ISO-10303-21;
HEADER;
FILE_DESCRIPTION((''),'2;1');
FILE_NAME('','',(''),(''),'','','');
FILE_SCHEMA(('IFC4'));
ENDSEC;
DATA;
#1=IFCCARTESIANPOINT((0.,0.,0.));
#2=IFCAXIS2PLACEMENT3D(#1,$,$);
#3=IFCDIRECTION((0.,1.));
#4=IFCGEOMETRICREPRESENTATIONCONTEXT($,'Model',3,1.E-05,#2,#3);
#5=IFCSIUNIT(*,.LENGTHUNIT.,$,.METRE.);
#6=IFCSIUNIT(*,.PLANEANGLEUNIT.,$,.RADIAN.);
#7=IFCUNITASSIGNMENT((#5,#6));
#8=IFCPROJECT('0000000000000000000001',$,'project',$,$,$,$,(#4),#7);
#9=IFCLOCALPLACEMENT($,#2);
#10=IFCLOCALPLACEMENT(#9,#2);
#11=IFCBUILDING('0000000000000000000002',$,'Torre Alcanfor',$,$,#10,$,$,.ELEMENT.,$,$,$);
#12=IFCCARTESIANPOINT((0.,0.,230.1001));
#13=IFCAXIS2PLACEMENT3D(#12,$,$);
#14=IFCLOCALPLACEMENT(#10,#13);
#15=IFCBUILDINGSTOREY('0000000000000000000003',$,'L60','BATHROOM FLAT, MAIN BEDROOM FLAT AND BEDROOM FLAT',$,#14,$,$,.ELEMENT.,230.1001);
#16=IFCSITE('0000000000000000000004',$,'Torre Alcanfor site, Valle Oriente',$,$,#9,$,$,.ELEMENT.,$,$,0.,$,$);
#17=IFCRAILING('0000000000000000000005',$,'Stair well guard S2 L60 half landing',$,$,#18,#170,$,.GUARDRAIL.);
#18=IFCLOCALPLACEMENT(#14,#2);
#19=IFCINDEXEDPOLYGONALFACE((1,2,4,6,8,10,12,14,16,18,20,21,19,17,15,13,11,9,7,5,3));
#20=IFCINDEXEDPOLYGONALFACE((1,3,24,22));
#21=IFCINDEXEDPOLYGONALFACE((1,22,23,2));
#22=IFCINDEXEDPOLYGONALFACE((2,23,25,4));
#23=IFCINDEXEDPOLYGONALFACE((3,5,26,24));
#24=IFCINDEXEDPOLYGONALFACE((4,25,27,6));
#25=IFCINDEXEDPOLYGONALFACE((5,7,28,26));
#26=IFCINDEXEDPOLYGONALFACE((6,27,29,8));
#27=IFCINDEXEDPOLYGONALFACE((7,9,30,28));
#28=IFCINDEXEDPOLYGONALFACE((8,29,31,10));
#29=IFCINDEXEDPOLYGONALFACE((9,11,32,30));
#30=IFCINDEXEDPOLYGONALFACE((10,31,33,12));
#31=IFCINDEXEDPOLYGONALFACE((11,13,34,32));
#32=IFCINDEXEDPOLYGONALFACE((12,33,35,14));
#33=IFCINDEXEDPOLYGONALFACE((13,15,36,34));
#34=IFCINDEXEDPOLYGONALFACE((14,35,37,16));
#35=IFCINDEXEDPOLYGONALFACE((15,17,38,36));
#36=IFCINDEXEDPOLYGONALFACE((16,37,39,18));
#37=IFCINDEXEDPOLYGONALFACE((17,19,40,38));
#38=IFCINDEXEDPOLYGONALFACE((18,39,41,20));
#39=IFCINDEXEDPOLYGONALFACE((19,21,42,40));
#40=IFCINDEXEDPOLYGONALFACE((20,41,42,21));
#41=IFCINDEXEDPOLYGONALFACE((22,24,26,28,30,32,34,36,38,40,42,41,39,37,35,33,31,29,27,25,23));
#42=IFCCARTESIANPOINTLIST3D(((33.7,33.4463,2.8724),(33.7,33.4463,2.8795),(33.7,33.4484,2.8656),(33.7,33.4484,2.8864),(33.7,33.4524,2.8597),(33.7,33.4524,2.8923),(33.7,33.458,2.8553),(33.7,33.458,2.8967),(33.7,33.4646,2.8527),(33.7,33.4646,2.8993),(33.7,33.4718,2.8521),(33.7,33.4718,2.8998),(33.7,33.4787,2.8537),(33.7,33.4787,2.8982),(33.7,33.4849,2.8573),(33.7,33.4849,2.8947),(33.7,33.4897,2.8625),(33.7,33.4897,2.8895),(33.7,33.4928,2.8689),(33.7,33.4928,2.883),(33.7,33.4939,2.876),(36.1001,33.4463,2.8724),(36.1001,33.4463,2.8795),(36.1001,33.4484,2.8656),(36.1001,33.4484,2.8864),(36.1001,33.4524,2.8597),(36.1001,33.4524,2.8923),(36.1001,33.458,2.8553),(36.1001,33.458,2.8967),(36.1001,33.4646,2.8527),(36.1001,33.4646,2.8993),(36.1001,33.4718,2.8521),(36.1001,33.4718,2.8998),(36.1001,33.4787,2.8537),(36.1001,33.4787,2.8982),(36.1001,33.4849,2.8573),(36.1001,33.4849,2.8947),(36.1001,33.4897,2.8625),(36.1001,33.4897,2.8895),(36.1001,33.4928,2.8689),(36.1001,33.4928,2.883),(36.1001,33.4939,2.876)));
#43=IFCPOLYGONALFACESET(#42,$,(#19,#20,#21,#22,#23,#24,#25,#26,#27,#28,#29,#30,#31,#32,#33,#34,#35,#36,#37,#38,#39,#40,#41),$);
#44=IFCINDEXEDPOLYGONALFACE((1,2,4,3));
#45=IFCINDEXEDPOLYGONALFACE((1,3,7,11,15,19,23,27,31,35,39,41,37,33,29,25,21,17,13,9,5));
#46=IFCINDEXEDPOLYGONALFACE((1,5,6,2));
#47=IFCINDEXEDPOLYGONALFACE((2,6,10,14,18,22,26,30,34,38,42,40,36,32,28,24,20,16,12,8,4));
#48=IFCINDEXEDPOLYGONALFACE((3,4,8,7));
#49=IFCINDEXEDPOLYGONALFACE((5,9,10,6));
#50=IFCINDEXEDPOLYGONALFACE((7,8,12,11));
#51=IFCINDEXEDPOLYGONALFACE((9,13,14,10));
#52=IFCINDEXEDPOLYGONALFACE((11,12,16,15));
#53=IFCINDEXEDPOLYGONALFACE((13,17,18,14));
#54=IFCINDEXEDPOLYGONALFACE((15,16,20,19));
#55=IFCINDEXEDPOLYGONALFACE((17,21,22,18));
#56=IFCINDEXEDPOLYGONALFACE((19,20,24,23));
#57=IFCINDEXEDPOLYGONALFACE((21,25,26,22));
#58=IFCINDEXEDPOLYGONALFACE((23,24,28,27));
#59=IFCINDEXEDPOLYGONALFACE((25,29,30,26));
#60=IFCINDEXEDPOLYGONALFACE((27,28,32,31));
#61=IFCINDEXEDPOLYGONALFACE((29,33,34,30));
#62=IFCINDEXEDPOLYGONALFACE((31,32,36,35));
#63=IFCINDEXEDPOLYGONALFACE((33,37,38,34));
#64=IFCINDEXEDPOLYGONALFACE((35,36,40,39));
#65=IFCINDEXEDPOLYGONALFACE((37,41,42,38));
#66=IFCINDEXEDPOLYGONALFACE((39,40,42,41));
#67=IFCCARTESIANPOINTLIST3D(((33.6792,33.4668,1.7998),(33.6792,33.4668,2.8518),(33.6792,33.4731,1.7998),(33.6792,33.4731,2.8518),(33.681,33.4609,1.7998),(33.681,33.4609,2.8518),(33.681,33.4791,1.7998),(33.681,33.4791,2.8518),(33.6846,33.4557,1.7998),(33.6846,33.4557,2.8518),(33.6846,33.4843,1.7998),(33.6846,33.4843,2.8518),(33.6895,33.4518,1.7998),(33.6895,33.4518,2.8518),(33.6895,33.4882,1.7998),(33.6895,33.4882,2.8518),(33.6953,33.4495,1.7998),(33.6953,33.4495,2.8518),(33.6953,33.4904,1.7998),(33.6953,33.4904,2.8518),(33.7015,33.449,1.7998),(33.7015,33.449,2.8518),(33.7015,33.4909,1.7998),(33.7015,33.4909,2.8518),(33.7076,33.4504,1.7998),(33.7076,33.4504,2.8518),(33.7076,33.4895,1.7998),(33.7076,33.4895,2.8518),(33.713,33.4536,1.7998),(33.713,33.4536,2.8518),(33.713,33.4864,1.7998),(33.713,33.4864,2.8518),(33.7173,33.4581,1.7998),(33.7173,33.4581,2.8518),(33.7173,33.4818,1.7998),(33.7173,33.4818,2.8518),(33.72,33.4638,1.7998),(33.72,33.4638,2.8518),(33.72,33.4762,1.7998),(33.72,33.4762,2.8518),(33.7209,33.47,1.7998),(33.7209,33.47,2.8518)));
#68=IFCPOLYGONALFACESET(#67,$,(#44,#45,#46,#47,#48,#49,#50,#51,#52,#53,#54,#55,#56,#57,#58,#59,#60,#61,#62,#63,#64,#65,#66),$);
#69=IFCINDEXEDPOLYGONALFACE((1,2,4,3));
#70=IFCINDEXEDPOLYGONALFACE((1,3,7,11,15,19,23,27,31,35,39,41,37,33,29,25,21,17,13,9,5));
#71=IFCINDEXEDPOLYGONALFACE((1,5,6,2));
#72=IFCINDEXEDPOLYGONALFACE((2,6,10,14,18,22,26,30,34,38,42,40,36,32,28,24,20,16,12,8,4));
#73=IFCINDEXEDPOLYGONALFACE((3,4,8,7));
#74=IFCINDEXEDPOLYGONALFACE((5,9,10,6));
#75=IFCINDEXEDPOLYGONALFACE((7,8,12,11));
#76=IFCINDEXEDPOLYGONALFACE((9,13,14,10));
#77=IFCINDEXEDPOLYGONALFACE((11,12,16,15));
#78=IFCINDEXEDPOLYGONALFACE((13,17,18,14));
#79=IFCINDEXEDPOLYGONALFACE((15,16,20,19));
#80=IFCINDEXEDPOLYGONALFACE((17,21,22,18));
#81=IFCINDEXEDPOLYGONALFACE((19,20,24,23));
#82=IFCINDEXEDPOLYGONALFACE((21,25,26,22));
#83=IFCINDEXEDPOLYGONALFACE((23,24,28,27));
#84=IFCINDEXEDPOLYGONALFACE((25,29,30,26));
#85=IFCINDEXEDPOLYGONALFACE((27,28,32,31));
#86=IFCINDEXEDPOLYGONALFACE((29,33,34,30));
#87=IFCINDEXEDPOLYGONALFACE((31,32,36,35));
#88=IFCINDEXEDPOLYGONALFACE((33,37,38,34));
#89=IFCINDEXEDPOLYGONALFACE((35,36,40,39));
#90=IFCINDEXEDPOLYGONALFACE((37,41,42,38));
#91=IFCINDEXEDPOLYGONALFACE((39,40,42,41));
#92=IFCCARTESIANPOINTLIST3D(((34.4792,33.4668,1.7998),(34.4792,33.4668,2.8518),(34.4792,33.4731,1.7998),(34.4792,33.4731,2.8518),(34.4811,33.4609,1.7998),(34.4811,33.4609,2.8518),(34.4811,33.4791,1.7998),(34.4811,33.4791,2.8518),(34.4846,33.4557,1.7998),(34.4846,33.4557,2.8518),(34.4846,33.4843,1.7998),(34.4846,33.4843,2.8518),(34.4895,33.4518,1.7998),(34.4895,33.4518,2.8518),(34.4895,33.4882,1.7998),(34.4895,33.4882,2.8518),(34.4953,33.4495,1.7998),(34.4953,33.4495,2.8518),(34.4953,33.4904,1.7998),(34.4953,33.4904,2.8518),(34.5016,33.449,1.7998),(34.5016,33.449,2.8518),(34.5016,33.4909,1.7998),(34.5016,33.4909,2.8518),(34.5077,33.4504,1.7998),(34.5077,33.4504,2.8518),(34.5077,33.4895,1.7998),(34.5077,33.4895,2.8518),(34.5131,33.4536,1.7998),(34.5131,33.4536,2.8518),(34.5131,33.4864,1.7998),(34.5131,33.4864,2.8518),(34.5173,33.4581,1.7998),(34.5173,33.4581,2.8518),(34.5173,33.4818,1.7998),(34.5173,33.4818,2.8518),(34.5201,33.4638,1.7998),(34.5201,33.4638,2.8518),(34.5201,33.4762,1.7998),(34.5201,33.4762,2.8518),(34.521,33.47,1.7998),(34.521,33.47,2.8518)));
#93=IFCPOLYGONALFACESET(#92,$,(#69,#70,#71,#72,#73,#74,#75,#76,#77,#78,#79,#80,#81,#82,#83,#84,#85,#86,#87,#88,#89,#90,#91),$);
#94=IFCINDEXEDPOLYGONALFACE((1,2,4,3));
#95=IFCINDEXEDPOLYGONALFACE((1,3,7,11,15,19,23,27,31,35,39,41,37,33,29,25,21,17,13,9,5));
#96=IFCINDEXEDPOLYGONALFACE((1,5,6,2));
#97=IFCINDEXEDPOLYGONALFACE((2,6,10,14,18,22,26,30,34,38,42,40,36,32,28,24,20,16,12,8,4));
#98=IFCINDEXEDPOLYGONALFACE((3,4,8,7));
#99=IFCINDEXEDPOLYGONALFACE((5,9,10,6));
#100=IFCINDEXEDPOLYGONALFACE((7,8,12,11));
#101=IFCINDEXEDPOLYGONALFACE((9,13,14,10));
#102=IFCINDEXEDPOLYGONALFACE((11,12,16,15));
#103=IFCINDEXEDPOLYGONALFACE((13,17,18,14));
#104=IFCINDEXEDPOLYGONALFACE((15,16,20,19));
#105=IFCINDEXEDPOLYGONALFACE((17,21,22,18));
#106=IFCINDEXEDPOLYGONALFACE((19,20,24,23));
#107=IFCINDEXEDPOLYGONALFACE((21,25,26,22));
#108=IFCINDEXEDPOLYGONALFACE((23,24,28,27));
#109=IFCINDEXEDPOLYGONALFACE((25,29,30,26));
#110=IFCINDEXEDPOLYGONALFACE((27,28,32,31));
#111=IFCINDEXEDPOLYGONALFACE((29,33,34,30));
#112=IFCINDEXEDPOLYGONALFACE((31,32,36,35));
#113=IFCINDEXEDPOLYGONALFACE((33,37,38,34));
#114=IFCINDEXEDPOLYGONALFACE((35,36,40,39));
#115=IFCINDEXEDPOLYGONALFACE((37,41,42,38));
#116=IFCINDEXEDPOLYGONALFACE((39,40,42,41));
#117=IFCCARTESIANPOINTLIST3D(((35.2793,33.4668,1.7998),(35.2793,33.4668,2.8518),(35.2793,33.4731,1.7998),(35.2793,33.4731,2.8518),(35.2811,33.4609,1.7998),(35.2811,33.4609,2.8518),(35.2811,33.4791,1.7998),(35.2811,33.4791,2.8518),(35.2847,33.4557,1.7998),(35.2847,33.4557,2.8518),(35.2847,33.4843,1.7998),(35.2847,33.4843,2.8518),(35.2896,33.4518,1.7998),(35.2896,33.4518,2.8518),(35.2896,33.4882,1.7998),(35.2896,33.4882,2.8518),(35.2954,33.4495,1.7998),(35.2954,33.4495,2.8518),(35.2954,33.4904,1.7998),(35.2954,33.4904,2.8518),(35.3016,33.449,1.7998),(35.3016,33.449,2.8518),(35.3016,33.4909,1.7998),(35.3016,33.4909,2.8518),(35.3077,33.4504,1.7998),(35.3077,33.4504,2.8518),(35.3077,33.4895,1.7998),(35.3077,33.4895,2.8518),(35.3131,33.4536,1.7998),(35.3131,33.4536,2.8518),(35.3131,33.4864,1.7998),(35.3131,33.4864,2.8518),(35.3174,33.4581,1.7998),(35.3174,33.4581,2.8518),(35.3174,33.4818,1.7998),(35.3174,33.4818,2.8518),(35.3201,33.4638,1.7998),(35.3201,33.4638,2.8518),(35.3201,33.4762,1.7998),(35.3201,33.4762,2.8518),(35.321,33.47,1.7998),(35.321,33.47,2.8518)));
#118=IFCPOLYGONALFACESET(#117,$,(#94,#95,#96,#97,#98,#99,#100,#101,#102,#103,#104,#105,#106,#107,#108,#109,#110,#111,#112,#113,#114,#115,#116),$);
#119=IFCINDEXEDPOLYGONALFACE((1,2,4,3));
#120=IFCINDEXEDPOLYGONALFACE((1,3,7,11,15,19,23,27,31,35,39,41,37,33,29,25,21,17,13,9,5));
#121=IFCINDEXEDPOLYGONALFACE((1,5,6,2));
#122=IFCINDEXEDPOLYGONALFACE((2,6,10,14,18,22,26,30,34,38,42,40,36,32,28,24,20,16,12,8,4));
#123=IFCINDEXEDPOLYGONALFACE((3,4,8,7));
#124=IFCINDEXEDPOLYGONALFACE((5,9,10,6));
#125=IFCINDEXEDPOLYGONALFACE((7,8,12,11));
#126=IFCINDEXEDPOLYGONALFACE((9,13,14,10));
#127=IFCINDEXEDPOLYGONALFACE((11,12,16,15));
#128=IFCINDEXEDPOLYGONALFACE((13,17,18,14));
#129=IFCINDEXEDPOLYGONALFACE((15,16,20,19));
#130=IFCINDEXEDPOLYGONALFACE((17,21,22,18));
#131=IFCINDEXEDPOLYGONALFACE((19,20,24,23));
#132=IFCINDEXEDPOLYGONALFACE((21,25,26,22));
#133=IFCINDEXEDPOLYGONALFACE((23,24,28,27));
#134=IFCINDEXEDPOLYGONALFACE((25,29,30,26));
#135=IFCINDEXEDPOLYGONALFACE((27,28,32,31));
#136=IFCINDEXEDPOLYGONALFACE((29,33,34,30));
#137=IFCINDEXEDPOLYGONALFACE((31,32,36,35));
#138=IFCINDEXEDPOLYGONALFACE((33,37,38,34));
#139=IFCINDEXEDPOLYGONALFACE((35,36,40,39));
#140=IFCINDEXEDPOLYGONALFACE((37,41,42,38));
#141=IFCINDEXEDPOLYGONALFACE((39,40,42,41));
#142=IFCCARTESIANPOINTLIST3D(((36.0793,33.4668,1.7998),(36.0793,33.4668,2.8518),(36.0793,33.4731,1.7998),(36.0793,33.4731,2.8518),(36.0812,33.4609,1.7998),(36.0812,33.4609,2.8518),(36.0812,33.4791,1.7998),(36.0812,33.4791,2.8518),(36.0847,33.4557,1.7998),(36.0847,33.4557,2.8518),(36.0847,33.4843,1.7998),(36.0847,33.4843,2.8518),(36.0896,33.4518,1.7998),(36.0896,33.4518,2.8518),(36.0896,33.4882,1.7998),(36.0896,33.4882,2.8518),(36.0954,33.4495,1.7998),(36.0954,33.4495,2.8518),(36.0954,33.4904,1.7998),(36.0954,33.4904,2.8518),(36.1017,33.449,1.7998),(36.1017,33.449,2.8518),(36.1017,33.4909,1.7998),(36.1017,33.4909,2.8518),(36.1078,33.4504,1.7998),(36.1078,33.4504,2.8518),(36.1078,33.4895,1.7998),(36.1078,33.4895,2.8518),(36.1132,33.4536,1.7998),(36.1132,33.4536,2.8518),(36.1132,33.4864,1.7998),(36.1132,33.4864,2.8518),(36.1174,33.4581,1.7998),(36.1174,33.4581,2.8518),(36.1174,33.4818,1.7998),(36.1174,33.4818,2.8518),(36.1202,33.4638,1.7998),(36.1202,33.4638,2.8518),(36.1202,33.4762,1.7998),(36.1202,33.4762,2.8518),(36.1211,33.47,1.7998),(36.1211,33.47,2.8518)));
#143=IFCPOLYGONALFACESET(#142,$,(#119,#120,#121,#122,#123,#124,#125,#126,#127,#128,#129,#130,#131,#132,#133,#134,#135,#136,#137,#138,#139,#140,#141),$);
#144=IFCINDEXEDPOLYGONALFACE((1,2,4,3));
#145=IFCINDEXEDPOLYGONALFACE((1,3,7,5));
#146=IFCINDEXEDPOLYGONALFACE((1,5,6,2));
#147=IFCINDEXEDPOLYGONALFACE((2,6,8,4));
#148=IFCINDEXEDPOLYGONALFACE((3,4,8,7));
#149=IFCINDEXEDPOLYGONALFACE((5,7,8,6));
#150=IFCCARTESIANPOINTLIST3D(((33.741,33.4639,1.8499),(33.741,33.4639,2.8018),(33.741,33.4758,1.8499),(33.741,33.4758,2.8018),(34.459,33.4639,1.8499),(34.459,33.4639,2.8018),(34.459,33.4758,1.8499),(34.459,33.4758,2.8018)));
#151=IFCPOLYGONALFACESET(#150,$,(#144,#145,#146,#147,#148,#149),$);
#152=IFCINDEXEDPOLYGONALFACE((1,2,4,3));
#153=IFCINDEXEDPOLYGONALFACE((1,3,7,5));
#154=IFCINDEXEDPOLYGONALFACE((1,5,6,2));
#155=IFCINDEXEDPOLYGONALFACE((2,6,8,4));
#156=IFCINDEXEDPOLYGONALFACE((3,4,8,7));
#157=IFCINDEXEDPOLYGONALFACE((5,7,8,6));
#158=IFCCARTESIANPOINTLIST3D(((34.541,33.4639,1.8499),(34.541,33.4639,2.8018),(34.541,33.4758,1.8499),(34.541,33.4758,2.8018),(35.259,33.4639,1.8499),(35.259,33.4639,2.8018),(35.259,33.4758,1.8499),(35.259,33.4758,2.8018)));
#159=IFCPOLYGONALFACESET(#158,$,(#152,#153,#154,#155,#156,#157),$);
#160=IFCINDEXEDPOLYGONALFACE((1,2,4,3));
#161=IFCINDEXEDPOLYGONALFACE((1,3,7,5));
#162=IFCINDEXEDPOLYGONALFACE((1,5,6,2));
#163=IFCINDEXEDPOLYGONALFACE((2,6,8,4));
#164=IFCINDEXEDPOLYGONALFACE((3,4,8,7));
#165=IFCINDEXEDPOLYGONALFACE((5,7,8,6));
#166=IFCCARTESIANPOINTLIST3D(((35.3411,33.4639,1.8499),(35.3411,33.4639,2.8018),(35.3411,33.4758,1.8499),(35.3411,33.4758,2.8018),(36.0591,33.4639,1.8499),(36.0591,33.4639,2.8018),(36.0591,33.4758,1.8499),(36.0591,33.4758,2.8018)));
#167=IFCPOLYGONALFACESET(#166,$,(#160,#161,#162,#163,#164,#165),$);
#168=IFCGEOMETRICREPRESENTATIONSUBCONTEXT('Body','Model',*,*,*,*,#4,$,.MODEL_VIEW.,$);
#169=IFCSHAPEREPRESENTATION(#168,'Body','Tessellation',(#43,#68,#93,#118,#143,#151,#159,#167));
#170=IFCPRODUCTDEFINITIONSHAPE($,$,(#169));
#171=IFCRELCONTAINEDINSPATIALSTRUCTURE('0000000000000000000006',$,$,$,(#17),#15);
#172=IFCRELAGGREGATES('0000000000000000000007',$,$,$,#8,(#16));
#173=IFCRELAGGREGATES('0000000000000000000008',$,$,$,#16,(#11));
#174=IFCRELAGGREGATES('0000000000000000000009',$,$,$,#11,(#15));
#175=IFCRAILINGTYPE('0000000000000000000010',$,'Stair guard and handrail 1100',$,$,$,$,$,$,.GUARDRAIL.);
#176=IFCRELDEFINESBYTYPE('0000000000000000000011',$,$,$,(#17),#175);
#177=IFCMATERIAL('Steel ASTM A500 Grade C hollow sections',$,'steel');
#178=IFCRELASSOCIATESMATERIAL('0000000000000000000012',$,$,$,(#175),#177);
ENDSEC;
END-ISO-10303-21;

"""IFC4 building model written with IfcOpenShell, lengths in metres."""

from ifc_helpers import new_model, si_unit, direction, frame, origin, origin_2d, place, context, subcontext, project, spatial, polyline, circle, outline, extrude, material, type_object, element, save


model = new_model("IFC4")

# Units and contexts
model_context = context("Model", 3, precision=1e-05, world=origin(), true_north=direction((0.0, 1.0)))
body_context = subcontext(model_context, "Body", "Model", "MODEL_VIEW")
ifc_project = project(units=[si_unit("LENGTHUNIT", "METRE"), si_unit("PLANEANGLEUNIT", "RADIAN")], contexts=[model_context])

# Site, building, storey
site_placement = place(None, origin())
site = spatial("IfcSite", under=ifc_project, at=site_placement, Name="Torre Alcanfor site, Valle Oriente", CompositionType="ELEMENT", RefElevation=0.0)
building_placement = place(site_placement, origin())
building = spatial("IfcBuilding", under=site, at=building_placement, Name="Torre Alcanfor", CompositionType="ELEMENT")
storey_placement = place(building_placement, frame((0.0, 0.0, 230.1001)))
storey = spatial("IfcBuildingStorey", under=building, at=storey_placement, Name="L60", Description="BATHROOM FLAT, MAIN BEDROOM FLAT AND BEDROOM FLAT", CompositionType="ELEMENT", Elevation=230.1001)

# Railing
ifc_material_1 = material(Name="Steel ASTM A500 Grade C hollow sections", Category="steel")
railing_type_1 = type_object("IfcRailingType", Name="Stair guard and handrail 1100", PredefinedType="GUARDRAIL", material=ifc_material_1)
for number, where, name in (
    (1, (33.7, 33.47, 1.7998), "Stair well guard S2 L60 half landing"),
):
    element("IfcRailing", number, at=place(storey_placement, frame(where)), inside=storey, type_object=railing_type_1, Name=name, PredefinedType="GUARDRAIL", context=body_context, shape_type="SweptSolid", body=[
        extrude(circle(Radius=0.0239, at=origin_2d()), frame((0.0, 0.0, 1.0762), z_axis=(1.0, 0.0, 0.0), x_axis=(0.0, 1.0, 0.0)), (0.0, 0.0, 1.0), 2.4001),
        extrude(circle(Radius=0.021, at=origin_2d()), origin(), (0.0, 0.0, 1.0), 1.052),
        extrude(circle(Radius=0.021, at=origin_2d()), frame((0.8, 0.0, 0.0)), (0.0, 0.0, 1.0), 1.052),
        extrude(circle(Radius=0.021, at=origin_2d()), frame((1.6001, 0.0, 0.0)), (0.0, 0.0, 1.0), 1.052),
        extrude(circle(Radius=0.021, at=origin_2d()), frame((2.4001, 0.0, 0.0)), (0.0, 0.0, 1.0), 1.052),
        extrude(outline(polyline([(0.041, 0.05), (0.759, 0.05), (0.759, 1.002), (0.041, 1.002), (0.041, 0.05)])), frame((0.0, 0.0059, 0.0), z_axis=(0.0, -1.0, 0.0), x_axis=(1.0, 0.0, 0.0)), (0.0, 0.0, 1.0), 0.012),
        extrude(outline(polyline([(0.8411, 0.05), (1.5591, 0.05), (1.5591, 1.002), (0.8411, 1.002), (0.8411, 0.05)])), frame((0.0, 0.0059, 0.0), z_axis=(0.0, -1.0, 0.0), x_axis=(1.0, 0.0, 0.0)), (0.0, 0.0, 1.0), 0.012),
        extrude(outline(polyline([(1.6411, 0.05), (2.3591, 0.05), (2.3591, 1.002), (1.6411, 1.002), (1.6411, 0.05)])), frame((0.0, 0.0059, 0.0), z_axis=(0.0, -1.0, 0.0), x_axis=(1.0, 0.0, 0.0)), (0.0, 0.0, 1.0), 0.012),
    ])

save(model, "model.ifc")
